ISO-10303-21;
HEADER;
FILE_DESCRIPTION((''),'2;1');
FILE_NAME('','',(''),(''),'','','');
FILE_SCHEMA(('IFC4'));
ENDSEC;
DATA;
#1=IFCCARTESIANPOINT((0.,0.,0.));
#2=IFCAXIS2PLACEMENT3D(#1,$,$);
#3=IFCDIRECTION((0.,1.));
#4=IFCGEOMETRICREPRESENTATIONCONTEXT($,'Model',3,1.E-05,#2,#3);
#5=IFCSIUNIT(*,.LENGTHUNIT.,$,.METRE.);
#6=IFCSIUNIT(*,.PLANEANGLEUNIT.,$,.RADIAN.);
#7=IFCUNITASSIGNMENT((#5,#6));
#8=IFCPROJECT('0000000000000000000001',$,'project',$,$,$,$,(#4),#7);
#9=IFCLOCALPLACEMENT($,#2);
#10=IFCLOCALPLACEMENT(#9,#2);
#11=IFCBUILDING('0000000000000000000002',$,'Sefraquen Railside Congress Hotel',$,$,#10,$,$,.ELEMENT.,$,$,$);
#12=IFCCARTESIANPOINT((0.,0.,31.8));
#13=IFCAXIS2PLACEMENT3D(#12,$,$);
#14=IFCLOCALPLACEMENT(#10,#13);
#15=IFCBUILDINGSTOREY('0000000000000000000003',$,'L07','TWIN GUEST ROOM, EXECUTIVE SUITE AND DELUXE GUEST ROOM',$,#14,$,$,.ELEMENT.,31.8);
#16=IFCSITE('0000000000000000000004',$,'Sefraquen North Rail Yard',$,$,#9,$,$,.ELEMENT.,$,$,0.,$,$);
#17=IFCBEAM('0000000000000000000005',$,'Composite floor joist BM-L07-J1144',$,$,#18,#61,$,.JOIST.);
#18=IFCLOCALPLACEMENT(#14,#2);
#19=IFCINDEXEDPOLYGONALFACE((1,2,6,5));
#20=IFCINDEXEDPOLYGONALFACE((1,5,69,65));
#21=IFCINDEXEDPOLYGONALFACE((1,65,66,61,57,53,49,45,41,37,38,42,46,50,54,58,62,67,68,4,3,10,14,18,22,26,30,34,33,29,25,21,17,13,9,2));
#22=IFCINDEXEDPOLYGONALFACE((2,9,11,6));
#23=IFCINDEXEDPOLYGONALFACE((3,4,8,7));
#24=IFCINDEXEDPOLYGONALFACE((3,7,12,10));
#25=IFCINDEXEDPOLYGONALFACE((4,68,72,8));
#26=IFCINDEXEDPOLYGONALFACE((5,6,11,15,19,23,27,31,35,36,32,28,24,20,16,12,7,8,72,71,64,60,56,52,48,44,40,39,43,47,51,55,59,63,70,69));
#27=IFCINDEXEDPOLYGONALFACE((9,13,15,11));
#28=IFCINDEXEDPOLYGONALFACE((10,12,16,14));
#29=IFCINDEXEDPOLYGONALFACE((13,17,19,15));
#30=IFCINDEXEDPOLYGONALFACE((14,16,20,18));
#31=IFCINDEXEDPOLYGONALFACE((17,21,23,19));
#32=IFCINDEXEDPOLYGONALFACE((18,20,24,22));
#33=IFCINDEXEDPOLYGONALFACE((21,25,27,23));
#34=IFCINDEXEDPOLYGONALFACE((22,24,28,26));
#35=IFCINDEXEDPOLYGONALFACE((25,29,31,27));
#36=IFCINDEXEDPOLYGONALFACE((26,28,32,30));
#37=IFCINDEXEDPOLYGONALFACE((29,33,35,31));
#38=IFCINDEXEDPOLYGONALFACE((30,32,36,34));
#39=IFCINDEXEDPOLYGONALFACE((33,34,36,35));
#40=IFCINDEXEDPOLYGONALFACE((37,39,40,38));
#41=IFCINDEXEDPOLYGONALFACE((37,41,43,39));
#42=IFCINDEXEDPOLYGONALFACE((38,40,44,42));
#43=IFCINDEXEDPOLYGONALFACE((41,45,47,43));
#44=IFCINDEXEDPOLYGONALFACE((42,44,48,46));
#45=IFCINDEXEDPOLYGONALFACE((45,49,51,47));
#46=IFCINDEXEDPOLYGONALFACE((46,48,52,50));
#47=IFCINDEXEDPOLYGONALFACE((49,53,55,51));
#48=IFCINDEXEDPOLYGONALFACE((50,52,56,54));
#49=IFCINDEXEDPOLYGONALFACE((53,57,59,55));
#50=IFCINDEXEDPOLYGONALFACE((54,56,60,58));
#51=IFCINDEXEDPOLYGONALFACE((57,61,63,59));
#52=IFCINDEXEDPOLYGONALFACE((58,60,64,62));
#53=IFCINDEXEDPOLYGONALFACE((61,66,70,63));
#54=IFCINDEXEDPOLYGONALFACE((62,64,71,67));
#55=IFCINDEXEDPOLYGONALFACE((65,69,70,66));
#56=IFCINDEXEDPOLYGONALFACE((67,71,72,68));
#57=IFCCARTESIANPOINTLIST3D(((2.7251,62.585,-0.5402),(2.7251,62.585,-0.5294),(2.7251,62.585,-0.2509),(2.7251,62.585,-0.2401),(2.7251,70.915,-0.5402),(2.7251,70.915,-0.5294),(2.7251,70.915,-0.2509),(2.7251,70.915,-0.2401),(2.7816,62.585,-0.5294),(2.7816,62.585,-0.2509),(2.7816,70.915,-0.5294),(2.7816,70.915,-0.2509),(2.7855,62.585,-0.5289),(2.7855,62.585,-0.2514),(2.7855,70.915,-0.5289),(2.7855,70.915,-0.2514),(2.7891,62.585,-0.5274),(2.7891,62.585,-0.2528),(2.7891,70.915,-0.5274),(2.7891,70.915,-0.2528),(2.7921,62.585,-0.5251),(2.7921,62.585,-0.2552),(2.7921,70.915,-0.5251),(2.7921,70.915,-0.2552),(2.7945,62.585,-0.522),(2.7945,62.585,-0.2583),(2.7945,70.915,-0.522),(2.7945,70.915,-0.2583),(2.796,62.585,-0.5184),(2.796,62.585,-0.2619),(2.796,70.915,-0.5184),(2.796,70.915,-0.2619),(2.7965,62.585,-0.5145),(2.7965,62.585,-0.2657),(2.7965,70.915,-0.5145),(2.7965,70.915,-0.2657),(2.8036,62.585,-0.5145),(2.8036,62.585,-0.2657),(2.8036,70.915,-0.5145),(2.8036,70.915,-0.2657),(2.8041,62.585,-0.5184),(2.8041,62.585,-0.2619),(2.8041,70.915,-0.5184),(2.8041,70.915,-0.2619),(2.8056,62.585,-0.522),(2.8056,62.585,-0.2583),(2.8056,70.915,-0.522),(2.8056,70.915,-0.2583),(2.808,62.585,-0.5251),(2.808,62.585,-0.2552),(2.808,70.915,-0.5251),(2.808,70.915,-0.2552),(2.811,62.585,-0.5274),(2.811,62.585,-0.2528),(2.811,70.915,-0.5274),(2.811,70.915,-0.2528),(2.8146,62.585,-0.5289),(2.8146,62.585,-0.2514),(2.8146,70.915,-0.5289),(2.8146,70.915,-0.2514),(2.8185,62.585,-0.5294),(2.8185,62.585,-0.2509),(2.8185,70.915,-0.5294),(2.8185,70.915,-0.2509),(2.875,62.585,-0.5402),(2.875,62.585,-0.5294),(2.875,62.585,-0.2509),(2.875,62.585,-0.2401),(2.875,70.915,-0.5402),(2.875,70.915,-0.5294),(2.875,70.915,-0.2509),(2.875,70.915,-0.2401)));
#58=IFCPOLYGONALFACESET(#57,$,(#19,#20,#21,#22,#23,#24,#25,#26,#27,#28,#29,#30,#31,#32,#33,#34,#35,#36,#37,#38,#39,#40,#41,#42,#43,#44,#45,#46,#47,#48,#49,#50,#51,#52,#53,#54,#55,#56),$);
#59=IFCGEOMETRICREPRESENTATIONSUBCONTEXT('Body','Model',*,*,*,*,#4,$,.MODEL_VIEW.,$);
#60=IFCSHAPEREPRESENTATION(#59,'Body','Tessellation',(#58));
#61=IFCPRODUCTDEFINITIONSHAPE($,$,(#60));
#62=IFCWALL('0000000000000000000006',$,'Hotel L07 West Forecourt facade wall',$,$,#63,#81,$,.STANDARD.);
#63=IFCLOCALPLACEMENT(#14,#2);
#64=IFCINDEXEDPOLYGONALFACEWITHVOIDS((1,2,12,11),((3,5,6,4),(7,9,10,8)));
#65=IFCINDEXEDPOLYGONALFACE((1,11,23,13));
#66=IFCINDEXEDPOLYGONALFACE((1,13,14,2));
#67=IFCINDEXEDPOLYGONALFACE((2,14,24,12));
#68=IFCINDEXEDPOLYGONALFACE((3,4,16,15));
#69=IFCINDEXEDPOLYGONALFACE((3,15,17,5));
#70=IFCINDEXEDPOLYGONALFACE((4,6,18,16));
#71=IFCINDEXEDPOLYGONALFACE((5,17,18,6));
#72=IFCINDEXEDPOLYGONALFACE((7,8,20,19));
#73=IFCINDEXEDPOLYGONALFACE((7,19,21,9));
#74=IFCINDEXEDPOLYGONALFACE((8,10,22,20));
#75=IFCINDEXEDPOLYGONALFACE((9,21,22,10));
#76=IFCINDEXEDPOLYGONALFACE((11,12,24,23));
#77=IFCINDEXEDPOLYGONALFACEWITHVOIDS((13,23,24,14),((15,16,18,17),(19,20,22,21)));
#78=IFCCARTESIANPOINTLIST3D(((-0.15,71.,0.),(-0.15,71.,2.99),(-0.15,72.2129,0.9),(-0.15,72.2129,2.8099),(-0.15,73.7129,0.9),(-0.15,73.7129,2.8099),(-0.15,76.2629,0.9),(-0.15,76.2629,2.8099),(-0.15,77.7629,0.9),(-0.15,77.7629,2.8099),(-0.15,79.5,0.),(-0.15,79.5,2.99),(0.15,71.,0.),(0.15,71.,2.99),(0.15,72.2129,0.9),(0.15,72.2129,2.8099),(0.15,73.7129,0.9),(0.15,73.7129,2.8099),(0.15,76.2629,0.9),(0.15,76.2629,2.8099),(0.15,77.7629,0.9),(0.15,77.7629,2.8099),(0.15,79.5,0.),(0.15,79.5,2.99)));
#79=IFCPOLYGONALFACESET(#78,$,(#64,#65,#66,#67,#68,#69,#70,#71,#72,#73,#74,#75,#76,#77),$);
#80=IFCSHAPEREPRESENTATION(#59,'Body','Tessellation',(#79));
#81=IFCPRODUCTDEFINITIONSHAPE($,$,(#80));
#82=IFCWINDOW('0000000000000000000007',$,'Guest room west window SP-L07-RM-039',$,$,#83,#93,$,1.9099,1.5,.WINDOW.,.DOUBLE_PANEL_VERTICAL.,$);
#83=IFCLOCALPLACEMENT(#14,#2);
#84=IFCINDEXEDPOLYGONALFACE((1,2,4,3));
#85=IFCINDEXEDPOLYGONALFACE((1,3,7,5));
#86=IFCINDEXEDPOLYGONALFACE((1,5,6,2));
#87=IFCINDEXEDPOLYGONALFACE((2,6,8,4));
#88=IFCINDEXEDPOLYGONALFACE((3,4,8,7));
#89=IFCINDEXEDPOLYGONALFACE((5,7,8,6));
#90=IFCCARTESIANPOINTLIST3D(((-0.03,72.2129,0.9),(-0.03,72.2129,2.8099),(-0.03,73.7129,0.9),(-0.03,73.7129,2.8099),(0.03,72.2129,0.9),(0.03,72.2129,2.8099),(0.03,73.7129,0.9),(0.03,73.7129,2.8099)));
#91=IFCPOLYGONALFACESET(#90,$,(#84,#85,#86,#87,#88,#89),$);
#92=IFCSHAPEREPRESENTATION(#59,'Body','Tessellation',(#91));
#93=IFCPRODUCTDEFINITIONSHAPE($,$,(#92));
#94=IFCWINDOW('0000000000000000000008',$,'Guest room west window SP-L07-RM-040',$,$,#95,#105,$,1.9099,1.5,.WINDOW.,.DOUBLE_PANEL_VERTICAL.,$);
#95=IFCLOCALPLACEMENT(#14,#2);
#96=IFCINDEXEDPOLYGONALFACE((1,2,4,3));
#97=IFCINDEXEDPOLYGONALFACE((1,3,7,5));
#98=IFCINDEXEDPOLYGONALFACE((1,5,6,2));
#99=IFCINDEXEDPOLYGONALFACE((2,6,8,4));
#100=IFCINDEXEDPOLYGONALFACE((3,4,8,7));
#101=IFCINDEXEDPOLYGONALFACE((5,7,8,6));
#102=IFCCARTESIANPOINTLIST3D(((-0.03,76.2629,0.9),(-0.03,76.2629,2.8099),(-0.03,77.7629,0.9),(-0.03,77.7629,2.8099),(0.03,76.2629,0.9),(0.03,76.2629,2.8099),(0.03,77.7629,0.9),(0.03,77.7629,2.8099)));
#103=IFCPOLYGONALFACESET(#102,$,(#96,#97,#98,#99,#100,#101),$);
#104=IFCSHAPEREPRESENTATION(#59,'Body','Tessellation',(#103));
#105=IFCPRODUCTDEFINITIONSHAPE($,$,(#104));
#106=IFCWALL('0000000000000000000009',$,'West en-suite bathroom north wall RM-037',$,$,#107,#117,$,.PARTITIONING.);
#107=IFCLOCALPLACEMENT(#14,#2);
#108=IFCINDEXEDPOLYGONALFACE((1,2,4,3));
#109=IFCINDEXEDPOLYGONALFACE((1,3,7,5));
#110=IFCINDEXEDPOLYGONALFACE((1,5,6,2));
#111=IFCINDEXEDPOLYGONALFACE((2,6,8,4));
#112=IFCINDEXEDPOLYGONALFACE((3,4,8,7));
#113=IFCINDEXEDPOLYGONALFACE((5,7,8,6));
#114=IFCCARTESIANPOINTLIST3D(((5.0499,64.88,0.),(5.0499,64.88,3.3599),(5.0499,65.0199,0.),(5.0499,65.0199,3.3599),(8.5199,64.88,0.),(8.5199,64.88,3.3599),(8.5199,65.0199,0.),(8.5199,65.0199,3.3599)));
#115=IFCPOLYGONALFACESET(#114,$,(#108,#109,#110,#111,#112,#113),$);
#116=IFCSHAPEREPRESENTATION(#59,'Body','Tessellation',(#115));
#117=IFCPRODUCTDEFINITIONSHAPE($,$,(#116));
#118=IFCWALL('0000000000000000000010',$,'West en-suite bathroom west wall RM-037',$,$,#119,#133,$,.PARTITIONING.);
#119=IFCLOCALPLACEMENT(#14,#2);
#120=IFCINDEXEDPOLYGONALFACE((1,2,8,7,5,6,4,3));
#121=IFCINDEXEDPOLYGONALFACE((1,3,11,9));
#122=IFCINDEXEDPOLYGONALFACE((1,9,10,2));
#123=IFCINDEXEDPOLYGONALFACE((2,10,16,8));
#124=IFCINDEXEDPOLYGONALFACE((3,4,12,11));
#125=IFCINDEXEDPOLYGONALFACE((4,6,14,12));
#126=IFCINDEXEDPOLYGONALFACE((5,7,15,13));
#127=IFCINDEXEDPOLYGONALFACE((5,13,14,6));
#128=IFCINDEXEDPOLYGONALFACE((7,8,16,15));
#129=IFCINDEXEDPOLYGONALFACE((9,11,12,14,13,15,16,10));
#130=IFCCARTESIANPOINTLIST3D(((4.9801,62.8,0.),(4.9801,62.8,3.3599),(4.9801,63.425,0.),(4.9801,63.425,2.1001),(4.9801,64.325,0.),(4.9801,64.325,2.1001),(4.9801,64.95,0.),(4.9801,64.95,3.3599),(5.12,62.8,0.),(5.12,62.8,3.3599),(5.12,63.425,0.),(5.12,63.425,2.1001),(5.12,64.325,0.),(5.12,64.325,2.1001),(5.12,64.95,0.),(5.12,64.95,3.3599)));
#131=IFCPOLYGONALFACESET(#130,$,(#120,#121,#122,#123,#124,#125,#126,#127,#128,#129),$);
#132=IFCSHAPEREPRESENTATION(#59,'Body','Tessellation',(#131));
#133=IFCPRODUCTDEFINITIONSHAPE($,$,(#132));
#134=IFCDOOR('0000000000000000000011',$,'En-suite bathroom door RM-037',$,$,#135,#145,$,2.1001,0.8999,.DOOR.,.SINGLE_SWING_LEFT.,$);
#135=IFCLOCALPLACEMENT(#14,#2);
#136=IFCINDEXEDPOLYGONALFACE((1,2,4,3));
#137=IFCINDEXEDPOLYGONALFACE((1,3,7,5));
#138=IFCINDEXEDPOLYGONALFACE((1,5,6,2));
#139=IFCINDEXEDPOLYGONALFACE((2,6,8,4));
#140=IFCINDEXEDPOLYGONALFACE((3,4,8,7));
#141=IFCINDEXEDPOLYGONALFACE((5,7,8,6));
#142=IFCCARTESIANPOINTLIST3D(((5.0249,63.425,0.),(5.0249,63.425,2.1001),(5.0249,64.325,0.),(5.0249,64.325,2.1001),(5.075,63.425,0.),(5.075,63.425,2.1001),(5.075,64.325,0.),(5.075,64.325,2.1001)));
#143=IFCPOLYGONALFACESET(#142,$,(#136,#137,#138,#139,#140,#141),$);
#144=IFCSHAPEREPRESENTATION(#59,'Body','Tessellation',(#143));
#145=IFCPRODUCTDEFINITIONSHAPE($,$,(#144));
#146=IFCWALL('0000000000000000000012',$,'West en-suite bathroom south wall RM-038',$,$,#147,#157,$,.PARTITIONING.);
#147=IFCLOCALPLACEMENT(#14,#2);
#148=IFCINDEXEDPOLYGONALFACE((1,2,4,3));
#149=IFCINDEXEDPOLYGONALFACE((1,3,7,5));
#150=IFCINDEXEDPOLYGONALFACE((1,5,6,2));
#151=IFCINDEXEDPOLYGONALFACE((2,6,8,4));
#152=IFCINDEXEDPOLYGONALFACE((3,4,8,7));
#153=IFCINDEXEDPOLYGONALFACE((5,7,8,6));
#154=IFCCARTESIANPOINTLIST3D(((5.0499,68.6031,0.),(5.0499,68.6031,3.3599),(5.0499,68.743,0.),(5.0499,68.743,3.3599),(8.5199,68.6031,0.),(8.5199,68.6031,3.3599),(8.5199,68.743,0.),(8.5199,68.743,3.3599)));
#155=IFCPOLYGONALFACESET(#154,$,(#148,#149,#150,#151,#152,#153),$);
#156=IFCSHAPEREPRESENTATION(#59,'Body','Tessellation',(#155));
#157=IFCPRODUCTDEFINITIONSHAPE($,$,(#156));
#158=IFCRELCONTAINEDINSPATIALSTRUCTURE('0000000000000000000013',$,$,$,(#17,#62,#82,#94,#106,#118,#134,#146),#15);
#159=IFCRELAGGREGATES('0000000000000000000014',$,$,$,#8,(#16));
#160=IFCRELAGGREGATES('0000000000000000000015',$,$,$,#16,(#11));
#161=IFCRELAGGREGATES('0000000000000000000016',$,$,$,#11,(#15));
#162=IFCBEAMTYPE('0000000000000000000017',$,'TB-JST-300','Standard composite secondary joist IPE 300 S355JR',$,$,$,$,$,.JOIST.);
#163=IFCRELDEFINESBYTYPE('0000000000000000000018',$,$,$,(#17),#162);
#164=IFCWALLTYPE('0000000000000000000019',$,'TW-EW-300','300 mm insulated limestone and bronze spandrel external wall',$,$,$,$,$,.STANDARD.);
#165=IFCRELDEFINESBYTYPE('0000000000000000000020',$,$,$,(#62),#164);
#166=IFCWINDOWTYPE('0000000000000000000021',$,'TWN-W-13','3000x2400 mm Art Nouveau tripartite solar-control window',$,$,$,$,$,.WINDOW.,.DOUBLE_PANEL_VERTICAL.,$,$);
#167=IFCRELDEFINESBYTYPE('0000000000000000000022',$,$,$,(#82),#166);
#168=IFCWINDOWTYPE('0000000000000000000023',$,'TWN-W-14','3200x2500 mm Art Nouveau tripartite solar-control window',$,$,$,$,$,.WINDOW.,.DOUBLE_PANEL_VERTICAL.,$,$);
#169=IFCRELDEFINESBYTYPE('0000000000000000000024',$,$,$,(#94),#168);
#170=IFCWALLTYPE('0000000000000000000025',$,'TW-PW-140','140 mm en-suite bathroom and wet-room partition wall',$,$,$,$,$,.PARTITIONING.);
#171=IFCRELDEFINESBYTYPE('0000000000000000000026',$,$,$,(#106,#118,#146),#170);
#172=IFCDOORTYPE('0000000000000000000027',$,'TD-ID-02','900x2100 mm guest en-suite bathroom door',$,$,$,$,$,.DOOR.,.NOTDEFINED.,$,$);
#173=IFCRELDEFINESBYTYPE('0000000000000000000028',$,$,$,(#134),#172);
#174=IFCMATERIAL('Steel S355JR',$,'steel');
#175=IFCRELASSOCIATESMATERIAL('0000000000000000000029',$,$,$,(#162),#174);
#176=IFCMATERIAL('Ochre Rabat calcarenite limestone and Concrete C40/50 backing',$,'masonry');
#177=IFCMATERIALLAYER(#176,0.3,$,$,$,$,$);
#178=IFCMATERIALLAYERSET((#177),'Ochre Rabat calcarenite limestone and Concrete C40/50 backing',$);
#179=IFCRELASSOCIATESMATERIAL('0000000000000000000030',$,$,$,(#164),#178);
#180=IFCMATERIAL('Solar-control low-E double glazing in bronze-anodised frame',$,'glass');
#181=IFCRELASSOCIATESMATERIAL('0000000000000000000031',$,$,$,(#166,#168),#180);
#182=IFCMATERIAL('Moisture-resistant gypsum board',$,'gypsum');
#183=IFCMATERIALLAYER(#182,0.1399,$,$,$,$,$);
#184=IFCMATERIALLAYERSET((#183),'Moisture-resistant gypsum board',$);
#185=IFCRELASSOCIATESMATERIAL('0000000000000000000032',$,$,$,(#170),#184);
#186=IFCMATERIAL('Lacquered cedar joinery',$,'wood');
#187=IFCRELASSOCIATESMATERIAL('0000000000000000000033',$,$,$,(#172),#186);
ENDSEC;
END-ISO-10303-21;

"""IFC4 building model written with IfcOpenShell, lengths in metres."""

from ifc_helpers import new_model, si_unit, direction, frame, frame_2d, origin, origin_2d, place, context, subcontext, project, spatial, rectangle, i_section, extrude, material, layer, layer_set, material_profile, profile_set, type_object, element, fill, save


model = new_model("IFC4")

# Units and contexts
model_context = context("Model", 3, precision=1e-05, world=origin(), true_north=direction((0.0, 1.0)))
body_context = subcontext(model_context, "Body", "Model", "MODEL_VIEW")
ifc_project = project(units=[si_unit("LENGTHUNIT", "METRE"), si_unit("PLANEANGLEUNIT", "RADIAN")], contexts=[model_context])

# Site, building, storey
site_placement = place(None, origin())
site = spatial("IfcSite", under=ifc_project, at=site_placement, Name="Sefraquen North Rail Yard", CompositionType="ELEMENT", RefElevation=0.0)
building_placement = place(site_placement, origin())
building = spatial("IfcBuilding", under=site, at=building_placement, Name="Sefraquen Railside Congress Hotel", CompositionType="ELEMENT")
storey_placement = place(building_placement, frame((0.0, 0.0, 31.8)))
storey = spatial("IfcBuildingStorey", under=building, at=storey_placement, Name="L07", Description="TWIN GUEST ROOM, EXECUTIVE SUITE AND DELUXE GUEST ROOM", CompositionType="ELEMENT", Elevation=31.8)

# Shared definitions
ifc_material_1 = material(Name="Steel S355JR", Category="steel")

# Beam
ifc_material_profile_1 = material_profile(ifc_material_1, i_section(OverallWidth=0.1499, OverallDepth=0.3, WebThickness=0.0071, FlangeThickness=0.0107, FilletRadius=0.0149, at=origin_2d()), Name="IPE 300")
ifc_profile_set_1 = profile_set([ifc_material_profile_1], Name="Steel S355JR")
beam_type_1 = type_object("IfcBeamType", Name="TB-JST-300", Description="Standard composite secondary joist IPE 300 S355JR", PredefinedType="JOIST", material=ifc_profile_set_1)
beam_1_placement = place(storey_placement, frame((2.8, 62.585, -0.3901), z_axis=(0.0, 1.0, 0.0), x_axis=(-1.0, 0.0, 0.0)))
element("IfcBeam", 1, at=beam_1_placement, inside=storey, type_object=beam_type_1, Name="Composite floor joist BM-L07-J1144", PredefinedType="JOIST", context=body_context, shape_type="SweptSolid", body=[
    extrude(i_section(OverallWidth=0.1499, OverallDepth=0.3, WebThickness=0.0071, FlangeThickness=0.0107, FilletRadius=0.0149, at=origin_2d()), origin(), (0.0, 0.0, 1.0), 8.3301),
])

# Wall, openings, windows
ifc_material_2 = material(Name="Ochre Rabat calcarenite limestone and Concrete C40/50 backing", Category="masonry")
ifc_layer_1 = layer(ifc_material_2, 0.3)
ifc_layer_set_1 = layer_set([ifc_layer_1], Name="Ochre Rabat calcarenite limestone and Concrete C40/50 backing")
wall_type_1 = type_object("IfcWallType", Name="TW-EW-300", Description="300 mm insulated limestone and bronze spandrel external wall", PredefinedType="STANDARD", material=ifc_layer_set_1)
wall_1_placement = place(storey_placement, frame((0.0, 71.0, 0.0), z_axis=(0.0, 0.0, 1.0), x_axis=(0.0, 1.0, 0.0)))
wall_1 = element("IfcWall", 2, at=wall_1_placement, inside=storey, type_object=wall_type_1, Name="Hotel L07 West Forecourt facade wall", PredefinedType="STANDARD", context=body_context, shape_type="SweptSolid", body=[
    extrude(rectangle(XDim=8.5, YDim=0.3, at=frame_2d((4.25, 0.0))), origin(), (0.0, 0.0, 1.0), 2.99),
])
opening_1_placement = place(wall_1_placement, frame((1.2129, 0.0, 0.8999)))
opening_1 = element("IfcOpeningElement", 3, at=opening_1_placement, cuts=wall_1, PredefinedType="OPENING", context=body_context, shape_type="SweptSolid", body=[
    extrude(rectangle(XDim=1.5, YDim=1.9099, at=frame_2d((0.75, 0.9551))), frame((0.0, 0.1599, 0.0), z_axis=(0.0, -1.0, 0.0), x_axis=(1.0, 0.0, 0.0)), (0.0, 0.0, 1.0), 0.3201),
])
opening_2_placement = place(wall_1_placement, frame((5.2629, 0.0, 0.8999)))
opening_2 = element("IfcOpeningElement", 4, at=opening_2_placement, cuts=wall_1, PredefinedType="OPENING", context=body_context, shape_type="SweptSolid", body=[
    extrude(rectangle(XDim=1.5, YDim=1.9099, at=frame_2d((0.75, 0.9551))), frame((0.0, 0.1599, 0.0), z_axis=(0.0, -1.0, 0.0), x_axis=(1.0, 0.0, 0.0)), (0.0, 0.0, 1.0), 0.3201),
])
ifc_material_3 = material(Name="Solar-control low-E double glazing in bronze-anodised frame", Category="glass")
window_type_1 = type_object("IfcWindowType", Name="TWN-W-13", Description="3000x2400 mm Art Nouveau tripartite solar-control window", PartitioningType="DOUBLE_PANEL_VERTICAL", PredefinedType="WINDOW", material=ifc_material_3)
window_1_placement = place(opening_1_placement, origin())
window_1 = element("IfcWindow", 5, at=window_1_placement, inside=storey, type_object=window_type_1, Name="Guest room west window SP-L07-RM-039", OverallHeight=1.9099, OverallWidth=1.5, PartitioningType="DOUBLE_PANEL_VERTICAL", PredefinedType="WINDOW", context=body_context, shape_type="SweptSolid", body=[
    extrude(rectangle(XDim=1.5, YDim=1.9099, at=frame_2d((0.75, 0.9551))), frame((0.0, 0.03, 0.0), z_axis=(0.0, -1.0, 0.0), x_axis=(1.0, 0.0, 0.0)), (0.0, 0.0, 1.0), 0.0601),
])
fill(opening_1, window_1)
window_type_2 = type_object("IfcWindowType", Name="TWN-W-14", Description="3200x2500 mm Art Nouveau tripartite solar-control window", PartitioningType="DOUBLE_PANEL_VERTICAL", PredefinedType="WINDOW", material=ifc_material_3)
window_2_placement = place(opening_2_placement, origin())
window_2 = element("IfcWindow", 6, at=window_2_placement, inside=storey, type_object=window_type_2, Name="Guest room west window SP-L07-RM-040", OverallHeight=1.9099, OverallWidth=1.5, PartitioningType="DOUBLE_PANEL_VERTICAL", PredefinedType="WINDOW", context=body_context, shape_type="SweptSolid", body=[
    extrude(rectangle(XDim=1.5, YDim=1.9099, at=frame_2d((0.75, 0.9551))), frame((0.0, 0.03, 0.0), z_axis=(0.0, -1.0, 0.0), x_axis=(1.0, 0.0, 0.0)), (0.0, 0.0, 1.0), 0.0601),
])
fill(opening_2, window_2)

# Wall
ifc_material_4 = material(Name="Moisture-resistant gypsum board", Category="gypsum")
ifc_layer_2 = layer(ifc_material_4, 0.1399)
ifc_layer_set_2 = layer_set([ifc_layer_2], Name="Moisture-resistant gypsum board")
wall_type_2 = type_object("IfcWallType", Name="TW-PW-140", Description="140 mm en-suite bathroom and wet-room partition wall", PredefinedType="PARTITIONING", material=ifc_layer_set_2)
wall_2_placement = place(storey_placement, frame((5.05, 64.95, 0.0), z_axis=(0.0, 0.0, 1.0), x_axis=(1.0, 0.0, 0.0)))
element("IfcWall", 7, at=wall_2_placement, inside=storey, type_object=wall_type_2, Name="West en-suite bathroom north wall RM-037", PredefinedType="PARTITIONING", context=body_context, shape_type="SweptSolid", body=[
    extrude(rectangle(XDim=3.47, YDim=0.1399, at=frame_2d((1.7349, 0.0))), origin(), (0.0, 0.0, 1.0), 3.3599),
])

# Wall, opening, door
wall_3_placement = place(storey_placement, frame((5.05, 62.8, 0.0), z_axis=(0.0, 0.0, 1.0), x_axis=(0.0, 1.0, 0.0)))
wall_3 = element("IfcWall", 8, at=wall_3_placement, inside=storey, type_object=wall_type_2, Name="West en-suite bathroom west wall RM-037", PredefinedType="PARTITIONING", context=body_context, shape_type="SweptSolid", body=[
    extrude(rectangle(XDim=2.1499, YDim=0.1399, at=frame_2d((1.075, 0.0))), origin(), (0.0, 0.0, 1.0), 3.3599),
])
opening_3_placement = place(wall_3_placement, frame((0.625, 0.0, 0.0)))
opening_3 = element("IfcOpeningElement", 9, at=opening_3_placement, cuts=wall_3, PredefinedType="OPENING", context=body_context, shape_type="SweptSolid", body=[
    extrude(rectangle(XDim=0.8999, YDim=2.1001, at=frame_2d((0.45, 1.05))), frame((0.0, 0.0798, 0.0), z_axis=(0.0, -1.0, 0.0), x_axis=(1.0, 0.0, 0.0)), (0.0, 0.0, 1.0), 0.1599),
])
ifc_material_5 = material(Name="Lacquered cedar joinery", Category="wood")
door_type = type_object("IfcDoorType", Name="TD-ID-02", Description="900x2100 mm guest en-suite bathroom door", OperationType="NOTDEFINED", PredefinedType="DOOR", material=ifc_material_5)
door_1_placement = place(opening_3_placement, frame((0.8999, 0.0, 0.0), z_axis=(0.0, 0.0, 1.0), x_axis=(-1.0, 0.0, 0.0)))
door_1 = element("IfcDoor", 10, at=door_1_placement, inside=storey, type_object=door_type, Name="En-suite bathroom door RM-037", OperationType="SINGLE_SWING_LEFT", OverallHeight=2.1001, OverallWidth=0.8999, PredefinedType="DOOR", context=body_context, shape_type="SweptSolid", body=[
    extrude(rectangle(XDim=0.8999, YDim=2.1001, at=frame_2d((0.45, 1.05))), frame((0.0, 0.0249, 0.0), z_axis=(0.0, -1.0, 0.0), x_axis=(1.0, 0.0, 0.0)), (0.0, 0.0, 1.0), 0.05),
])
fill(opening_3, door_1)

# Wall
wall_4_placement = place(storey_placement, frame((5.05, 68.6731, 0.0), z_axis=(0.0, 0.0, 1.0), x_axis=(1.0, 0.0, 0.0)))
element("IfcWall", 11, at=wall_4_placement, inside=storey, type_object=wall_type_2, Name="West en-suite bathroom south wall RM-038", PredefinedType="PARTITIONING", context=body_context, shape_type="SweptSolid", body=[
    extrude(rectangle(XDim=3.47, YDim=0.1399, at=frame_2d((1.7349, 0.0))), origin(), (0.0, 0.0, 1.0), 3.3599),
])

save(model, "model.ifc")
